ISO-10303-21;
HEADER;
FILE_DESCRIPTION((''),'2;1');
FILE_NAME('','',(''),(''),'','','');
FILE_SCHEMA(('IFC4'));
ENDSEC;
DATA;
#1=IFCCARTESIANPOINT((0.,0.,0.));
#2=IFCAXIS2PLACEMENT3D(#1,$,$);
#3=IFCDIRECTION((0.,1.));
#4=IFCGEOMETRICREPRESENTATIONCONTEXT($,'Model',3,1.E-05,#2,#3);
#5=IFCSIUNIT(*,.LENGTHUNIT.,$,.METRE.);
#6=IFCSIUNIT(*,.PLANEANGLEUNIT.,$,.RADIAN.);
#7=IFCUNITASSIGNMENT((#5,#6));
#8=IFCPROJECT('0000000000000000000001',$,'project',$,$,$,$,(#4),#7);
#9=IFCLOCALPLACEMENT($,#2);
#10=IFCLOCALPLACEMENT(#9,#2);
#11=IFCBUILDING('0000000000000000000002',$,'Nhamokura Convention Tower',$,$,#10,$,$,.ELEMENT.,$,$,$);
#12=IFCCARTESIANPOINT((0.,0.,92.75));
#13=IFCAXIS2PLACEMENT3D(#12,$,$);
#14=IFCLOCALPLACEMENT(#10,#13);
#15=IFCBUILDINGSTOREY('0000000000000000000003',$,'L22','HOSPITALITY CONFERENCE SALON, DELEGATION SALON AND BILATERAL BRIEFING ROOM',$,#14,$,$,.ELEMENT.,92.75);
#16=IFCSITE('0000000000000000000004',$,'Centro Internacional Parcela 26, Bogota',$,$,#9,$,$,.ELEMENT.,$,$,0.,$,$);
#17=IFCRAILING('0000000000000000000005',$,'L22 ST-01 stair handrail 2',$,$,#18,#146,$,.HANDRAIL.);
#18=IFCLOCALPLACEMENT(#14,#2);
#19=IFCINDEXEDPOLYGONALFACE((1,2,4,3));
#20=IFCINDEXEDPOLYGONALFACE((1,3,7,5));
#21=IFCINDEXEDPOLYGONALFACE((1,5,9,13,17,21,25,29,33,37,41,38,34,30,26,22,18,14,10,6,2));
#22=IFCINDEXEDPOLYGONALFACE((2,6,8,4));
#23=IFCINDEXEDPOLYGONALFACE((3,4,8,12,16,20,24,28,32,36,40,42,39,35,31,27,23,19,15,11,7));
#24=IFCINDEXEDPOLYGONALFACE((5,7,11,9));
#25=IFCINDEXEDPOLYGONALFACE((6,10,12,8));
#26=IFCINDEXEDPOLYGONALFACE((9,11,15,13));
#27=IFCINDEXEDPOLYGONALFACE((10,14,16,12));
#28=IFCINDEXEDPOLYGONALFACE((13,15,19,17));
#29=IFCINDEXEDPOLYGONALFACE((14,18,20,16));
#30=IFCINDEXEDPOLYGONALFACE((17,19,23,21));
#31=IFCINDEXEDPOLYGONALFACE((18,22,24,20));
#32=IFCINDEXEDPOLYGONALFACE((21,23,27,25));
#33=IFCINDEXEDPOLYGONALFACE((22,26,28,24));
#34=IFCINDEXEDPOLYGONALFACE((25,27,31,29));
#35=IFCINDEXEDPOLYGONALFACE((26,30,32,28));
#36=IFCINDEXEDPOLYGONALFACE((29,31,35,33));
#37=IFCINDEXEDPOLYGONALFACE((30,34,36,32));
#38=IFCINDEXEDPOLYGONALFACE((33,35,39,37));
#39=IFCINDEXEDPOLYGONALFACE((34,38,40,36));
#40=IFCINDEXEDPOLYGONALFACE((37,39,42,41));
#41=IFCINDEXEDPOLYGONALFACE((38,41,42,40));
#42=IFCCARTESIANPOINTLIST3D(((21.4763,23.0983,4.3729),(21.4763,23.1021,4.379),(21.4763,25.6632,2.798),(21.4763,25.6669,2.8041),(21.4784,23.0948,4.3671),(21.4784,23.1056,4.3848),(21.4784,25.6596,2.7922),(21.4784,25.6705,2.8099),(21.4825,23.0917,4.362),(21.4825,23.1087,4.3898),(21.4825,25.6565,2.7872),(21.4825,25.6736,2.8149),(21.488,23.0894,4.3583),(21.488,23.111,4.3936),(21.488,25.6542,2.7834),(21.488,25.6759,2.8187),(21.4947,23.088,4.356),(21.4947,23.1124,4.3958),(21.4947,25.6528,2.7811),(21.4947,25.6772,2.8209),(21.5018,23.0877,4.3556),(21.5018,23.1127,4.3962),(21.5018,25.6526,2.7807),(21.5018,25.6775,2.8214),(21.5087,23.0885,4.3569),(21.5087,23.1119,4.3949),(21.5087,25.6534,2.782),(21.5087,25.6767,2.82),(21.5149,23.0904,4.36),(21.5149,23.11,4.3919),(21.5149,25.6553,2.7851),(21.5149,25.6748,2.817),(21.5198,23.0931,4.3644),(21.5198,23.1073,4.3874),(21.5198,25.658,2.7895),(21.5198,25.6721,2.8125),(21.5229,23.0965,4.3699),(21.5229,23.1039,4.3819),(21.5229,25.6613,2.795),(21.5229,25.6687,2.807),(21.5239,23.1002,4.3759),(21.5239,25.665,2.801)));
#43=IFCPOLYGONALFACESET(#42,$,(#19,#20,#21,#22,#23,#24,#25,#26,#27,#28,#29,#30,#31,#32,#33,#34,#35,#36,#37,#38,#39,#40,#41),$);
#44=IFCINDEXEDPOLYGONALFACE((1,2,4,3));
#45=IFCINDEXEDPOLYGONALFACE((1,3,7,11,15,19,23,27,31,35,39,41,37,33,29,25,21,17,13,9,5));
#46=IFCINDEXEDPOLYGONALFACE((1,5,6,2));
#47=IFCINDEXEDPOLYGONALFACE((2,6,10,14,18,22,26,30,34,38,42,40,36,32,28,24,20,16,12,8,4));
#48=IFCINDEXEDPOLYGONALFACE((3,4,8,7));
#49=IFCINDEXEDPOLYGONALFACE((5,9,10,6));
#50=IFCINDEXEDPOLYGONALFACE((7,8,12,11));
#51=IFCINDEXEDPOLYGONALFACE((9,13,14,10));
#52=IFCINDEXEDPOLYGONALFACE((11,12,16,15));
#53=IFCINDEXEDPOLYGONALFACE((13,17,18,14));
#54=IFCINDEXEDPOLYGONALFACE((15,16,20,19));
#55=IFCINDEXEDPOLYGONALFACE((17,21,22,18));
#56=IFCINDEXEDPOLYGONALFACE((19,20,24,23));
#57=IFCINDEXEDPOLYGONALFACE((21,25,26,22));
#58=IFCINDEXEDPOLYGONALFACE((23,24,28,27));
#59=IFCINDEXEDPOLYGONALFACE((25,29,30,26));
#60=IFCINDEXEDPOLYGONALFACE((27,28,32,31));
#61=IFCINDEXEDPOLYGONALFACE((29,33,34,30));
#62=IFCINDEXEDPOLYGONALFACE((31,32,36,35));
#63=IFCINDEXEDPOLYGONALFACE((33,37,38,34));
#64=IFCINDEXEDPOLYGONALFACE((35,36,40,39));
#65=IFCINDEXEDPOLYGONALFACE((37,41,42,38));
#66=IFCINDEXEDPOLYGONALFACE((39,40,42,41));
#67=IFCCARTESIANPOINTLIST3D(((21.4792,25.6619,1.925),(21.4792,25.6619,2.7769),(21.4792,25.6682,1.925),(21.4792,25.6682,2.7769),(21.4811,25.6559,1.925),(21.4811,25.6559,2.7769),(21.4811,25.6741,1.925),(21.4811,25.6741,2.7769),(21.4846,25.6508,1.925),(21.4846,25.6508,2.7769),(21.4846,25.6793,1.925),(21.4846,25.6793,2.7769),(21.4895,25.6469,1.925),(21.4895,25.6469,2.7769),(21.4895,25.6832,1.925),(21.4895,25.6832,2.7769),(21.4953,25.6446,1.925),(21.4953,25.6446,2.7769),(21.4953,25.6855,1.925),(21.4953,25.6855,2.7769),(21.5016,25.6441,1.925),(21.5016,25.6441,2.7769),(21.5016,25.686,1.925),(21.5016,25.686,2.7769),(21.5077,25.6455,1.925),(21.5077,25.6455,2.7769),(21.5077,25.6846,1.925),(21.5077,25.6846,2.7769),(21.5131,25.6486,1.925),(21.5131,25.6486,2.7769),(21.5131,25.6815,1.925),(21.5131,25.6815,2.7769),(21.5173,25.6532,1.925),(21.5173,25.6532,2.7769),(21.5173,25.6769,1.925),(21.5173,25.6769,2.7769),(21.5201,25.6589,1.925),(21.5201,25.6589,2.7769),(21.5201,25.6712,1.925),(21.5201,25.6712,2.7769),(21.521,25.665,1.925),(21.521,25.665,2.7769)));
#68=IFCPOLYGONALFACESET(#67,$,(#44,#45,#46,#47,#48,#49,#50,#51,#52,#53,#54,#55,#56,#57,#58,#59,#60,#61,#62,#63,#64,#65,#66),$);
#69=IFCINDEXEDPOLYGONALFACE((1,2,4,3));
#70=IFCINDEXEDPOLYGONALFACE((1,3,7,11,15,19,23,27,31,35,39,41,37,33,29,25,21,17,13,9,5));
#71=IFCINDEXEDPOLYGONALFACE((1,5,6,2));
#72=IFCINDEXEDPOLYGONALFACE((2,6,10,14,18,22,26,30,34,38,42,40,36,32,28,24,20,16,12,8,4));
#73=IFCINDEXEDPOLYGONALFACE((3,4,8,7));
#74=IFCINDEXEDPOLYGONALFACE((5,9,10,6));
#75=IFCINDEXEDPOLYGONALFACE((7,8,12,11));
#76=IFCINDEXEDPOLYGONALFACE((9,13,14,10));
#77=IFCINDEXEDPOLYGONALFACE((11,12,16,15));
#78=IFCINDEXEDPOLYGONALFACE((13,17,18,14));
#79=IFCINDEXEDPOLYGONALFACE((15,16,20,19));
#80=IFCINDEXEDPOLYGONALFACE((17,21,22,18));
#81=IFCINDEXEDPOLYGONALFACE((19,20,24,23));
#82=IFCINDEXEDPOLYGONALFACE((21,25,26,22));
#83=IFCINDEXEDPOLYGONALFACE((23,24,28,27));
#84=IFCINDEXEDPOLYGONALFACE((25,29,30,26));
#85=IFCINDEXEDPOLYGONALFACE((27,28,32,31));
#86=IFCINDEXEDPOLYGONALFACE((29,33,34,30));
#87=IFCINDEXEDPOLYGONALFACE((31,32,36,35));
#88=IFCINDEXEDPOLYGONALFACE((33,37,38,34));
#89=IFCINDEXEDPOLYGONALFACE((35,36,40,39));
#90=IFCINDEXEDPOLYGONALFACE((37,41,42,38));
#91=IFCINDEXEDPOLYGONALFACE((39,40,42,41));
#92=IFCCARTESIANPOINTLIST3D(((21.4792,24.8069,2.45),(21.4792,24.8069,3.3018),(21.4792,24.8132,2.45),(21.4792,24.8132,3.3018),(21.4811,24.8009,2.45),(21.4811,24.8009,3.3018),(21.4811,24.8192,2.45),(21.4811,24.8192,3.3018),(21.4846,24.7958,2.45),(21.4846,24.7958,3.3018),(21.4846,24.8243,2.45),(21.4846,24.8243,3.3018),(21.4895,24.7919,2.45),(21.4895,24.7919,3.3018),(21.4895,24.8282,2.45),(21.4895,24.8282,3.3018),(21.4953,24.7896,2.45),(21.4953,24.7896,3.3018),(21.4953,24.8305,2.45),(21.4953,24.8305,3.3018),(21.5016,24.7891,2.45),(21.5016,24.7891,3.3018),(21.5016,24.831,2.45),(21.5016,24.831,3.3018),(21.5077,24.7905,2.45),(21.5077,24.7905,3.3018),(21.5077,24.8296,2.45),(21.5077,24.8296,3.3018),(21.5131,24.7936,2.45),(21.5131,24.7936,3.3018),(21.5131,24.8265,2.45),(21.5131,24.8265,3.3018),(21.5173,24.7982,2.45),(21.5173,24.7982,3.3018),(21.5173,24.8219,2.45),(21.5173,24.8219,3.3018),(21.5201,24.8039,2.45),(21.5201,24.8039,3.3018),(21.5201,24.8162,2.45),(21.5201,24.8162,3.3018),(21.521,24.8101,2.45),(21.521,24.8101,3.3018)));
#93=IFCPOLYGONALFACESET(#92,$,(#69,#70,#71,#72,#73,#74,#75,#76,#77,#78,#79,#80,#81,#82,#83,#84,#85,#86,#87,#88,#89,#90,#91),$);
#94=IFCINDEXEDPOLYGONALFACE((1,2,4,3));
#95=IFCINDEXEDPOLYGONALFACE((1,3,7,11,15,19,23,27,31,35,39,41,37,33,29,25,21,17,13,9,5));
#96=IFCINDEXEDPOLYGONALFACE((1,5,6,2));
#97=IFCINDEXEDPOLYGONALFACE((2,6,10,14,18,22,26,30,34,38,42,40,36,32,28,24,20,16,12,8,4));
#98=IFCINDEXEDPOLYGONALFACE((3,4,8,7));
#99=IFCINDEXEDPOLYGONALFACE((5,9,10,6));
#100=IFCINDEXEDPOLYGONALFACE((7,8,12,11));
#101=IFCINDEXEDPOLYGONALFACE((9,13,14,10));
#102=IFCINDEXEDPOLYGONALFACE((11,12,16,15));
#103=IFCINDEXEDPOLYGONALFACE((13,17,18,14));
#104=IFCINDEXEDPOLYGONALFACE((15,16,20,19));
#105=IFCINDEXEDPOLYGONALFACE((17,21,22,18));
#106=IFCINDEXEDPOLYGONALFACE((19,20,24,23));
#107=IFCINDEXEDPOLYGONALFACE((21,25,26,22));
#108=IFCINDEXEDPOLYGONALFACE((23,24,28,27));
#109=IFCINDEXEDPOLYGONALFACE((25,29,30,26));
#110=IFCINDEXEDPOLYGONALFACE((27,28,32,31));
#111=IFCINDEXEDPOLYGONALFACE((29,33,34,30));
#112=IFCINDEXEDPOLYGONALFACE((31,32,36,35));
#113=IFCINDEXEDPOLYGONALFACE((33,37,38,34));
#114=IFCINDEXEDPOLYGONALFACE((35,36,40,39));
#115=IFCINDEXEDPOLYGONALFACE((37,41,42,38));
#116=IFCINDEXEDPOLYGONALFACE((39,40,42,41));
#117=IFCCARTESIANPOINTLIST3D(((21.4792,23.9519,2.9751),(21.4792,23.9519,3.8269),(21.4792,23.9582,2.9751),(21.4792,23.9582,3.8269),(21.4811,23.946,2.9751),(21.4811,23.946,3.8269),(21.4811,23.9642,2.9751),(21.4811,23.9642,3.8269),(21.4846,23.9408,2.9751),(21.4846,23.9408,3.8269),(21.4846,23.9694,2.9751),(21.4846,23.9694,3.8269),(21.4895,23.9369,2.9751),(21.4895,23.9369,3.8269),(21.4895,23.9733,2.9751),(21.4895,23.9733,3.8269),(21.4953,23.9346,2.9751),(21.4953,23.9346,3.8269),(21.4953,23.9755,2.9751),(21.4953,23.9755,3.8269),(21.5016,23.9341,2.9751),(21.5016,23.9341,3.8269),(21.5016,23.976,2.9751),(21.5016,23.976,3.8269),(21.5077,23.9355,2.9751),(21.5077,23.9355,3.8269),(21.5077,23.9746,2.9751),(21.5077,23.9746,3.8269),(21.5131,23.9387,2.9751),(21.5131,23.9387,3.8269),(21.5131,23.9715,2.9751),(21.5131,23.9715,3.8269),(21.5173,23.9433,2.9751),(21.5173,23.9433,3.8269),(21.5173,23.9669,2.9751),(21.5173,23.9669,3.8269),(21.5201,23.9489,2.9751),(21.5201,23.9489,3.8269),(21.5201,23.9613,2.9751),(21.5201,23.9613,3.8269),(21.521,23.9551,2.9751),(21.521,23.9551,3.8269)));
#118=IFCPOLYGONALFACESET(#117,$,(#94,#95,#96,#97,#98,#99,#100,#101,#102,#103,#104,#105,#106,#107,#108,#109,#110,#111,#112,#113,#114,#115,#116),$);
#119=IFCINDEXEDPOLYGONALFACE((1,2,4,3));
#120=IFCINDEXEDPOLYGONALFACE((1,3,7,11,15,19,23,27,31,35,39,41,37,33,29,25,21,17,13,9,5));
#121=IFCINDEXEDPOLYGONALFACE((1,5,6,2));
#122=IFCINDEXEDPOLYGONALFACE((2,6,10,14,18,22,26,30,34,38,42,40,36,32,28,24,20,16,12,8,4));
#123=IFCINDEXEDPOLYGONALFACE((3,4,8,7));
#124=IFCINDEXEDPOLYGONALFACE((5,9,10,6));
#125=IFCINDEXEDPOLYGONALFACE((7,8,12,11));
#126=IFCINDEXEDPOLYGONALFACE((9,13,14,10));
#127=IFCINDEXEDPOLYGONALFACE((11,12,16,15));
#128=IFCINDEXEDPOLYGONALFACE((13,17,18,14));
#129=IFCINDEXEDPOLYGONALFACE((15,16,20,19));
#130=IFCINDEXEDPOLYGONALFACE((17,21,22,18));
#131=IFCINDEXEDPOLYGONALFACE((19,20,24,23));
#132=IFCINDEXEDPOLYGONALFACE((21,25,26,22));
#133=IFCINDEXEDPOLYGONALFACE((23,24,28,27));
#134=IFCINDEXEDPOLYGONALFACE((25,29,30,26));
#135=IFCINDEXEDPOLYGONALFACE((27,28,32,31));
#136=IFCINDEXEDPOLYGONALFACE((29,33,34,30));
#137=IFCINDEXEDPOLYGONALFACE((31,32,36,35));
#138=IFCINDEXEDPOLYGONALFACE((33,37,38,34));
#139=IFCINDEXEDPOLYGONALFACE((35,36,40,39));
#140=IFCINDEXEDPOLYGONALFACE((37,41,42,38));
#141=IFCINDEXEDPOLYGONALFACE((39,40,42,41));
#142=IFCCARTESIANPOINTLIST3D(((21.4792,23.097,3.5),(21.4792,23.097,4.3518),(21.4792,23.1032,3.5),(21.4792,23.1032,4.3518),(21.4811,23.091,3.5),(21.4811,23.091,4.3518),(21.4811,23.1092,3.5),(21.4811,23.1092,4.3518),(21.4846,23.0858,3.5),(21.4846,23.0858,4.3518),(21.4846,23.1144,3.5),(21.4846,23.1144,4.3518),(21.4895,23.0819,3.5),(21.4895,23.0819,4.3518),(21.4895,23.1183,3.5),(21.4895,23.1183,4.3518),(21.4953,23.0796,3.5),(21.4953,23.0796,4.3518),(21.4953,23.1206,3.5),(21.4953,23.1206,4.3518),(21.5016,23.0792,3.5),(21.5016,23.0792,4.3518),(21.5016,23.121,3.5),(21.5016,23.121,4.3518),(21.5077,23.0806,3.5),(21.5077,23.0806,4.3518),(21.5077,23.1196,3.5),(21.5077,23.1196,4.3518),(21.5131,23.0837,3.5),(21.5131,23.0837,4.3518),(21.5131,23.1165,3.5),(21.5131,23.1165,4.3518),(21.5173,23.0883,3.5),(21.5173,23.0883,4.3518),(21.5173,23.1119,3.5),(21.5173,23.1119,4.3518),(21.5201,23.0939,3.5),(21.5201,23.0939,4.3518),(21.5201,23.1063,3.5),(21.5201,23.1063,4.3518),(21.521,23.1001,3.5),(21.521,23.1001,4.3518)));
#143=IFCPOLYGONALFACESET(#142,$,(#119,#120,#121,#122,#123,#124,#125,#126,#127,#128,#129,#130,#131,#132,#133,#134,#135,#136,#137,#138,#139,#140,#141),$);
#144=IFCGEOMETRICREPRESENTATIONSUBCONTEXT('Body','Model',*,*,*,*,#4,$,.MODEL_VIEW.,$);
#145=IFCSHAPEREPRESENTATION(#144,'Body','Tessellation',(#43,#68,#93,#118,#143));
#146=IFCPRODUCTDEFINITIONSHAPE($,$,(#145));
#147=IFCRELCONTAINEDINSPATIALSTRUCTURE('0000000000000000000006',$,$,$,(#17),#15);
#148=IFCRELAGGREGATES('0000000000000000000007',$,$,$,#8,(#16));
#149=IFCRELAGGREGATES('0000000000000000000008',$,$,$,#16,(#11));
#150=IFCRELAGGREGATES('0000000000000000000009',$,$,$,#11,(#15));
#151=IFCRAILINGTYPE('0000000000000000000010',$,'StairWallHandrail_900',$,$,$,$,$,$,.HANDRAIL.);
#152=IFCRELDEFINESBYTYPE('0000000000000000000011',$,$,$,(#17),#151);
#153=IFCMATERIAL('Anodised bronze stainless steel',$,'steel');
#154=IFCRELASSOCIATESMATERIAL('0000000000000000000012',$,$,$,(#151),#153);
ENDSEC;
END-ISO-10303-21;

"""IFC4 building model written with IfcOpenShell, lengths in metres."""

from ifc_helpers import new_model, si_unit, direction, frame, origin, origin_2d, place, context, subcontext, project, spatial, circle, extrude, material, type_object, element, save


model = new_model("IFC4")

# Units and contexts
model_context = context("Model", 3, precision=1e-05, world=origin(), true_north=direction((0.0, 1.0)))
body_context = subcontext(model_context, "Body", "Model", "MODEL_VIEW")
ifc_project = project(units=[si_unit("LENGTHUNIT", "METRE"), si_unit("PLANEANGLEUNIT", "RADIAN")], contexts=[model_context])

# Site, building, storey
site_placement = place(None, origin())
site = spatial("IfcSite", under=ifc_project, at=site_placement, Name="Centro Internacional Parcela 26, Bogota", CompositionType="ELEMENT", RefElevation=0.0)
building_placement = place(site_placement, origin())
building = spatial("IfcBuilding", under=site, at=building_placement, Name="Nhamokura Convention Tower", CompositionType="ELEMENT")
storey_placement = place(building_placement, frame((0.0, 0.0, 92.75)))
storey = spatial("IfcBuildingStorey", under=building, at=storey_placement, Name="L22", Description="HOSPITALITY CONFERENCE SALON, DELEGATION SALON AND BILATERAL BRIEFING ROOM", CompositionType="ELEMENT", Elevation=92.75)

# Railing
ifc_material_1 = material(Name="Anodised bronze stainless steel", Category="steel")
railing_type_1 = type_object("IfcRailingType", Name="StairWallHandrail_900", PredefinedType="HANDRAIL", material=ifc_material_1)
railing_1_placement = place(storey_placement, frame((21.5, 25.665, 1.925)))
element("IfcRailing", 1, at=railing_1_placement, inside=storey, type_object=railing_type_1, Name="L22 ST-01 stair handrail 2", PredefinedType="HANDRAIL", context=body_context, shape_type="SweptSolid", body=[
    extrude(circle(Radius=0.0239, at=origin_2d()), frame((0.0, 0.0, 0.876), z_axis=(0.0, -0.852173, 0.52326), x_axis=(1.0, 0.0, 0.0)), (0.0, 0.0, 1.0), 3.0098),
    extrude(circle(Radius=0.021, at=origin_2d()), origin(), (0.0, 0.0, 1.0), 0.8518),
    extrude(circle(Radius=0.021, at=origin_2d()), frame((0.0, -0.855, 0.5249)), (0.0, 0.0, 1.0), 0.8518),
    extrude(circle(Radius=0.021, at=origin_2d()), frame((0.0, -1.71, 1.05)), (0.0, 0.0, 1.0), 0.8518),
    extrude(circle(Radius=0.021, at=origin_2d()), frame((0.0, -2.5649, 1.575)), (0.0, 0.0, 1.0), 0.8518),
])

save(model, "model.ifc")
